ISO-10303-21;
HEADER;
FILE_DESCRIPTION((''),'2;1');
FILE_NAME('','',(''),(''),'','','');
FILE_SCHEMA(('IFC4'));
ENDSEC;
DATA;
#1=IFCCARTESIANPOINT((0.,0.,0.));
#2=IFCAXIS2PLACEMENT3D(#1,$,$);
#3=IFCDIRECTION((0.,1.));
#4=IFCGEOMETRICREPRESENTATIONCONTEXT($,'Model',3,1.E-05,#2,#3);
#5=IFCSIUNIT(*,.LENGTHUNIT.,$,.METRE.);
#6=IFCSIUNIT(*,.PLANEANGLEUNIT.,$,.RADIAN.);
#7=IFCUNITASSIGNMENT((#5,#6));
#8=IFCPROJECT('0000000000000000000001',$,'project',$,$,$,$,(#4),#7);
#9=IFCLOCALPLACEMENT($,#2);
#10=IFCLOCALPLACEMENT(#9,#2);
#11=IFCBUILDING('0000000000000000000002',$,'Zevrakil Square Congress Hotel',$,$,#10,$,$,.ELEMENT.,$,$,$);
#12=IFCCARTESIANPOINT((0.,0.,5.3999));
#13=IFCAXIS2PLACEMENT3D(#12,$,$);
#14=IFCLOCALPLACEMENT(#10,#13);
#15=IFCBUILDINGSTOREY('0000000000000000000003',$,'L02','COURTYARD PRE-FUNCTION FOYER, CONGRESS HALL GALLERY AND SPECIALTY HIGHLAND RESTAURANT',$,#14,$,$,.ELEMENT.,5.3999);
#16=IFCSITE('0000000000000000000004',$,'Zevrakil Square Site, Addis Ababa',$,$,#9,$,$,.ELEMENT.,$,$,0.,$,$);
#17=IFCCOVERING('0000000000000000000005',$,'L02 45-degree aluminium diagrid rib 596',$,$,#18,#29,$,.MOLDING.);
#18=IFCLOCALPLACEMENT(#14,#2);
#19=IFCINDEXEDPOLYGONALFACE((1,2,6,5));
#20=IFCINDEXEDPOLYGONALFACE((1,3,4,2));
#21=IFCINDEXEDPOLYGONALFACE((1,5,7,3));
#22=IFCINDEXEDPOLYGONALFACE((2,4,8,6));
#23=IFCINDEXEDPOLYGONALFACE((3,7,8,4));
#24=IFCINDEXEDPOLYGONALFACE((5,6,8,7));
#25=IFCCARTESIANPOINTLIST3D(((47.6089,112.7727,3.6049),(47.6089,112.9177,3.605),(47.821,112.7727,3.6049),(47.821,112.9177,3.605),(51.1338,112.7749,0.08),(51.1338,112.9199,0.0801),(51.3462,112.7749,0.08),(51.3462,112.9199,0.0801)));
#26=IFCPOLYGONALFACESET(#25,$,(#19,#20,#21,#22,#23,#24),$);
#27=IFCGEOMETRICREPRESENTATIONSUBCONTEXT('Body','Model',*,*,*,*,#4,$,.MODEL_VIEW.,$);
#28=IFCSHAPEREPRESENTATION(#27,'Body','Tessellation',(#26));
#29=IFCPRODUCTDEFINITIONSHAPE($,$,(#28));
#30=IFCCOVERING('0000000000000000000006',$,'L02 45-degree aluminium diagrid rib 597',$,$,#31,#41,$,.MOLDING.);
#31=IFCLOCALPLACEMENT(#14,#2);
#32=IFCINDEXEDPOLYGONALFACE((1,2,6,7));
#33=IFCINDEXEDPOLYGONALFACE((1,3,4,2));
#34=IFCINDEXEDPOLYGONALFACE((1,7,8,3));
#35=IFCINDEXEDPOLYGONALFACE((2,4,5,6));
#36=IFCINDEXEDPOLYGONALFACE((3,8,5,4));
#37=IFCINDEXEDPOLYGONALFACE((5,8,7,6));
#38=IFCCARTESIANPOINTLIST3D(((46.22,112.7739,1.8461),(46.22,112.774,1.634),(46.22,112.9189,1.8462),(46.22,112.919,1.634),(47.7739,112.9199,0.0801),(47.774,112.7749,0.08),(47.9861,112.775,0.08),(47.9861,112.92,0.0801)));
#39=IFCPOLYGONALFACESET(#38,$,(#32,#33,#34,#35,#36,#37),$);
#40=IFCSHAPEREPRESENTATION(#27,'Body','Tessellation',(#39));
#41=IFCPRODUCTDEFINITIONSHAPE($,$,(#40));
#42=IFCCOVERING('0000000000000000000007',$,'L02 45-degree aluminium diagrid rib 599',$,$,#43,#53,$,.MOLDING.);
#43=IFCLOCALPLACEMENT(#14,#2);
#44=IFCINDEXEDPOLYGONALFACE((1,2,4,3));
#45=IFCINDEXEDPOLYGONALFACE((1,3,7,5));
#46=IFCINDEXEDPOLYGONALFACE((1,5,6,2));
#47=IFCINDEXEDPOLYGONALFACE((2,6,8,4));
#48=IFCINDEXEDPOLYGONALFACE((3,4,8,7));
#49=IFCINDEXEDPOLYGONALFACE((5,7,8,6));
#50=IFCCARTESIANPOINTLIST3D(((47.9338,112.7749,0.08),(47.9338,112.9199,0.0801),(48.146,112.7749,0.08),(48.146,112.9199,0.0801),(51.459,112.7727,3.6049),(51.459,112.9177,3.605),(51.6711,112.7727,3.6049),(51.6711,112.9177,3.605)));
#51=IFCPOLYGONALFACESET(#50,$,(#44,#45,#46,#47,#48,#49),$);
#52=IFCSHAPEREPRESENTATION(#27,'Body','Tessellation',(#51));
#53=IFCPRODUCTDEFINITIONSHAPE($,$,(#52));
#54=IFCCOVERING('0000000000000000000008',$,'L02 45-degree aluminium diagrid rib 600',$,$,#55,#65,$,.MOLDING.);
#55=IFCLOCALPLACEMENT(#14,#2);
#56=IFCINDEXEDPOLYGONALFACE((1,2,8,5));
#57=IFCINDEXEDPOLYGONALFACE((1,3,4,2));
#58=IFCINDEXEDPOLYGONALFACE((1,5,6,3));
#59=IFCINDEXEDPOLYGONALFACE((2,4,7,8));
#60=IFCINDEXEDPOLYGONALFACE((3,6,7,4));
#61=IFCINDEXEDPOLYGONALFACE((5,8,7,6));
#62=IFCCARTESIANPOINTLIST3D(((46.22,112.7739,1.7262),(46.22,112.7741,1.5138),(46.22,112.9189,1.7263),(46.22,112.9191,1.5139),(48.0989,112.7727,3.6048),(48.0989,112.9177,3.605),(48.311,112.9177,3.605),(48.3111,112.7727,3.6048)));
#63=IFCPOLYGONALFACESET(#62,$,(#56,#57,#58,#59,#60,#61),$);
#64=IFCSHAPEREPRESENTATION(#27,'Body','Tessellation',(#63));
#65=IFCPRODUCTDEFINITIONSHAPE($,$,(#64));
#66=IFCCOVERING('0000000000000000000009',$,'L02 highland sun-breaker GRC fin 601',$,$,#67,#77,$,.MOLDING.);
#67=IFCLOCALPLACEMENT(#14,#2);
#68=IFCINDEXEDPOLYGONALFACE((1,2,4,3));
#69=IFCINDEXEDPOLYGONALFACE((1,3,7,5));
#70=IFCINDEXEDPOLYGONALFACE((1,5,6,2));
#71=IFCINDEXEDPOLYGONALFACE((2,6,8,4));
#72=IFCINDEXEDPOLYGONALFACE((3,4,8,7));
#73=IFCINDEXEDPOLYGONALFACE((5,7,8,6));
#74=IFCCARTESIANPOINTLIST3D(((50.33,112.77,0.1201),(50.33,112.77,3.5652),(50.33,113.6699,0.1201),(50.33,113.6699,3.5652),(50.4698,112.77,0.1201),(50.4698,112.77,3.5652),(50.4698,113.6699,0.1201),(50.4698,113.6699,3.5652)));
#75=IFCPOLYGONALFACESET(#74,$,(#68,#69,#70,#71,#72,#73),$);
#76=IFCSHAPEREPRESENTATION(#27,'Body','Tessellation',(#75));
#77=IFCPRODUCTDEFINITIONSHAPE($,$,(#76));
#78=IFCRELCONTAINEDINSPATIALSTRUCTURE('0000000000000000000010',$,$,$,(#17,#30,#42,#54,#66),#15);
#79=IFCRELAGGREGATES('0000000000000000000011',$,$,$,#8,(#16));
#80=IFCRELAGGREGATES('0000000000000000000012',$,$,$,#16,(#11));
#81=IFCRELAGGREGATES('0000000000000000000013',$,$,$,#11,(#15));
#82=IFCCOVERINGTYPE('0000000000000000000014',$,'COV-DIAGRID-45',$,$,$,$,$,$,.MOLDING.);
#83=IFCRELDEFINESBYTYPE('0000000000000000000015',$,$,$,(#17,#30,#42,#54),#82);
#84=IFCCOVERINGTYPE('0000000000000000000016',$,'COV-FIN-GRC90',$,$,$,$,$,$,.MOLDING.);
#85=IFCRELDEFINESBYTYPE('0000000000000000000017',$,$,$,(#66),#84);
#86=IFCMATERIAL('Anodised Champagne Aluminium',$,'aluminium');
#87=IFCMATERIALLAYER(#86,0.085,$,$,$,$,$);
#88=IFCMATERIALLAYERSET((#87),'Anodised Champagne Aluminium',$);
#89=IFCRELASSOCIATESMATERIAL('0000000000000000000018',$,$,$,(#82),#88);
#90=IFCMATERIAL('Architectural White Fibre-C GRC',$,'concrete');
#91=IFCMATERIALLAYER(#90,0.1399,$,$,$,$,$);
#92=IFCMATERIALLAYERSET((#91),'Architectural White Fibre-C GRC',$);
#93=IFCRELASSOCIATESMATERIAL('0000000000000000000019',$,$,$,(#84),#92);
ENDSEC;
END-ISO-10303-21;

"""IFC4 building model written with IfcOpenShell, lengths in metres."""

from ifc_helpers import new_model, si_unit, direction, frame, origin, origin_2d, place, context, subcontext, project, spatial, polyline, rectangle, outline, extrude, material, layer, layer_set, type_object, element, save


model = new_model("IFC4")

# Units and contexts
model_context = context("Model", 3, precision=1e-05, world=origin(), true_north=direction((0.0, 1.0)))
body_context = subcontext(model_context, "Body", "Model", "MODEL_VIEW")
ifc_project = project(units=[si_unit("LENGTHUNIT", "METRE"), si_unit("PLANEANGLEUNIT", "RADIAN")], contexts=[model_context])

# Site, building, storey
site_placement = place(None, origin())
site = spatial("IfcSite", under=ifc_project, at=site_placement, Name="Zevrakil Square Site, Addis Ababa", CompositionType="ELEMENT", RefElevation=0.0)
building_placement = place(site_placement, origin())
building = spatial("IfcBuilding", under=site, at=building_placement, Name="Zevrakil Square Congress Hotel", CompositionType="ELEMENT")
storey_placement = place(building_placement, frame((0.0, 0.0, 5.3999)))
storey = spatial("IfcBuildingStorey", under=building, at=storey_placement, Name="L02", Description="COURTYARD PRE-FUNCTION FOYER, CONGRESS HALL GALLERY AND SPECIALTY HIGHLAND RESTAURANT", CompositionType="ELEMENT", Elevation=5.3999)

# Coverings
ifc_material_1 = material(Name="Anodised Champagne Aluminium", Category="aluminium")
ifc_layer_1 = layer(ifc_material_1, 0.085)
ifc_layer_set_1 = layer_set([ifc_layer_1], Name="Anodised Champagne Aluminium")
covering_type_1 = type_object("IfcCoveringType", Name="COV-DIAGRID-45", PredefinedType="MOLDING", material=ifc_layer_set_1)
covering_1_placement = place(storey_placement, frame((51.1338, 112.9199, 0.0801), z_axis=(0.0, 1.0, 0.000623), x_axis=(1.0, 0.0, 0.0)))
element("IfcCovering", 1, at=covering_1_placement, inside=storey, type_object=covering_type_1, Name="L02 45-degree aluminium diagrid rib 596", PredefinedType="MOLDING", context=body_context, shape_type="SweptSolid", body=[
    extrude(outline(polyline([(0.0, 0.0), (0.2124, 0.0), (-3.3127, -3.5249), (-3.5249, -3.5249), (0.0, 0.0)])), origin(), (0.0, 0.0, -1.0), 0.145),
])
covering_2_placement = place(storey_placement, frame((47.7739, 112.9199, 0.0801), z_axis=(-0.000294, 1.0, 0.000294), x_axis=(1.0, 0.000294, 0.0)))
element("IfcCovering", 2, at=covering_2_placement, inside=storey, type_object=covering_type_1, Name="L02 45-degree aluminium diagrid rib 597", PredefinedType="MOLDING", context=body_context, shape_type="SweptSolid", body=[
    extrude(outline(polyline([(0.0, 0.0), (0.2122, 0.0), (-1.554, -1.7661), (-1.554, -1.554), (0.0, 0.0)])), origin(), (0.0, 0.0, -1.0), 0.145),
])
covering_3_placement = place(storey_placement, frame((51.6711, 112.9177, 3.605), z_axis=(0.0, 1.0, 0.000623), x_axis=(-1.0, 0.0, 0.0)))
element("IfcCovering", 3, at=covering_3_placement, inside=storey, type_object=covering_type_1, Name="L02 45-degree aluminium diagrid rib 599", PredefinedType="MOLDING", context=body_context, shape_type="SweptSolid", body=[
    extrude(outline(polyline([(0.0, 0.0), (0.2122, 0.0), (3.7373, -3.5249), (3.5251, -3.5249), (0.0, 0.0)])), origin(), (0.0, 0.0, -1.0), 0.145),
])
covering_4_placement = place(storey_placement, frame((48.311, 112.9177, 3.605), z_axis=(-0.000237, 1.0, 0.000913), x_axis=(-1.0, -0.000237, 0.0)))
element("IfcCovering", 4, at=covering_4_placement, inside=storey, type_object=covering_type_1, Name="L02 45-degree aluminium diagrid rib 600", PredefinedType="MOLDING", context=body_context, shape_type="SweptSolid", body=[
    extrude(outline(polyline([(0.0, 0.0), (0.2122, 0.0), (2.0911, -1.8787), (2.0911, -2.0911), (0.0, 0.0)])), origin(), (0.0, 0.0, -1.0), 0.145),
])
ifc_material_2 = material(Name="Architectural White Fibre-C GRC", Category="concrete")
ifc_layer_2 = layer(ifc_material_2, 0.1399)
ifc_layer_set_2 = layer_set([ifc_layer_2], Name="Architectural White Fibre-C GRC")
covering_type_2 = type_object("IfcCoveringType", Name="COV-FIN-GRC90", PredefinedType="MOLDING", material=ifc_layer_set_2)
covering_5_placement = place(storey_placement, frame((50.3999, 113.22, 0.1201), z_axis=(0.0, 0.0, 1.0), x_axis=(0.0, 1.0, 0.0)))
element("IfcCovering", 5, at=covering_5_placement, inside=storey, type_object=covering_type_2, Name="L02 highland sun-breaker GRC fin 601", PredefinedType="MOLDING", context=body_context, shape_type="SweptSolid", body=[
    extrude(rectangle(XDim=0.8999, YDim=0.1399, at=origin_2d()), origin(), (0.0, 0.0, 1.0), 3.4451),
])

save(model, "model.ifc")
